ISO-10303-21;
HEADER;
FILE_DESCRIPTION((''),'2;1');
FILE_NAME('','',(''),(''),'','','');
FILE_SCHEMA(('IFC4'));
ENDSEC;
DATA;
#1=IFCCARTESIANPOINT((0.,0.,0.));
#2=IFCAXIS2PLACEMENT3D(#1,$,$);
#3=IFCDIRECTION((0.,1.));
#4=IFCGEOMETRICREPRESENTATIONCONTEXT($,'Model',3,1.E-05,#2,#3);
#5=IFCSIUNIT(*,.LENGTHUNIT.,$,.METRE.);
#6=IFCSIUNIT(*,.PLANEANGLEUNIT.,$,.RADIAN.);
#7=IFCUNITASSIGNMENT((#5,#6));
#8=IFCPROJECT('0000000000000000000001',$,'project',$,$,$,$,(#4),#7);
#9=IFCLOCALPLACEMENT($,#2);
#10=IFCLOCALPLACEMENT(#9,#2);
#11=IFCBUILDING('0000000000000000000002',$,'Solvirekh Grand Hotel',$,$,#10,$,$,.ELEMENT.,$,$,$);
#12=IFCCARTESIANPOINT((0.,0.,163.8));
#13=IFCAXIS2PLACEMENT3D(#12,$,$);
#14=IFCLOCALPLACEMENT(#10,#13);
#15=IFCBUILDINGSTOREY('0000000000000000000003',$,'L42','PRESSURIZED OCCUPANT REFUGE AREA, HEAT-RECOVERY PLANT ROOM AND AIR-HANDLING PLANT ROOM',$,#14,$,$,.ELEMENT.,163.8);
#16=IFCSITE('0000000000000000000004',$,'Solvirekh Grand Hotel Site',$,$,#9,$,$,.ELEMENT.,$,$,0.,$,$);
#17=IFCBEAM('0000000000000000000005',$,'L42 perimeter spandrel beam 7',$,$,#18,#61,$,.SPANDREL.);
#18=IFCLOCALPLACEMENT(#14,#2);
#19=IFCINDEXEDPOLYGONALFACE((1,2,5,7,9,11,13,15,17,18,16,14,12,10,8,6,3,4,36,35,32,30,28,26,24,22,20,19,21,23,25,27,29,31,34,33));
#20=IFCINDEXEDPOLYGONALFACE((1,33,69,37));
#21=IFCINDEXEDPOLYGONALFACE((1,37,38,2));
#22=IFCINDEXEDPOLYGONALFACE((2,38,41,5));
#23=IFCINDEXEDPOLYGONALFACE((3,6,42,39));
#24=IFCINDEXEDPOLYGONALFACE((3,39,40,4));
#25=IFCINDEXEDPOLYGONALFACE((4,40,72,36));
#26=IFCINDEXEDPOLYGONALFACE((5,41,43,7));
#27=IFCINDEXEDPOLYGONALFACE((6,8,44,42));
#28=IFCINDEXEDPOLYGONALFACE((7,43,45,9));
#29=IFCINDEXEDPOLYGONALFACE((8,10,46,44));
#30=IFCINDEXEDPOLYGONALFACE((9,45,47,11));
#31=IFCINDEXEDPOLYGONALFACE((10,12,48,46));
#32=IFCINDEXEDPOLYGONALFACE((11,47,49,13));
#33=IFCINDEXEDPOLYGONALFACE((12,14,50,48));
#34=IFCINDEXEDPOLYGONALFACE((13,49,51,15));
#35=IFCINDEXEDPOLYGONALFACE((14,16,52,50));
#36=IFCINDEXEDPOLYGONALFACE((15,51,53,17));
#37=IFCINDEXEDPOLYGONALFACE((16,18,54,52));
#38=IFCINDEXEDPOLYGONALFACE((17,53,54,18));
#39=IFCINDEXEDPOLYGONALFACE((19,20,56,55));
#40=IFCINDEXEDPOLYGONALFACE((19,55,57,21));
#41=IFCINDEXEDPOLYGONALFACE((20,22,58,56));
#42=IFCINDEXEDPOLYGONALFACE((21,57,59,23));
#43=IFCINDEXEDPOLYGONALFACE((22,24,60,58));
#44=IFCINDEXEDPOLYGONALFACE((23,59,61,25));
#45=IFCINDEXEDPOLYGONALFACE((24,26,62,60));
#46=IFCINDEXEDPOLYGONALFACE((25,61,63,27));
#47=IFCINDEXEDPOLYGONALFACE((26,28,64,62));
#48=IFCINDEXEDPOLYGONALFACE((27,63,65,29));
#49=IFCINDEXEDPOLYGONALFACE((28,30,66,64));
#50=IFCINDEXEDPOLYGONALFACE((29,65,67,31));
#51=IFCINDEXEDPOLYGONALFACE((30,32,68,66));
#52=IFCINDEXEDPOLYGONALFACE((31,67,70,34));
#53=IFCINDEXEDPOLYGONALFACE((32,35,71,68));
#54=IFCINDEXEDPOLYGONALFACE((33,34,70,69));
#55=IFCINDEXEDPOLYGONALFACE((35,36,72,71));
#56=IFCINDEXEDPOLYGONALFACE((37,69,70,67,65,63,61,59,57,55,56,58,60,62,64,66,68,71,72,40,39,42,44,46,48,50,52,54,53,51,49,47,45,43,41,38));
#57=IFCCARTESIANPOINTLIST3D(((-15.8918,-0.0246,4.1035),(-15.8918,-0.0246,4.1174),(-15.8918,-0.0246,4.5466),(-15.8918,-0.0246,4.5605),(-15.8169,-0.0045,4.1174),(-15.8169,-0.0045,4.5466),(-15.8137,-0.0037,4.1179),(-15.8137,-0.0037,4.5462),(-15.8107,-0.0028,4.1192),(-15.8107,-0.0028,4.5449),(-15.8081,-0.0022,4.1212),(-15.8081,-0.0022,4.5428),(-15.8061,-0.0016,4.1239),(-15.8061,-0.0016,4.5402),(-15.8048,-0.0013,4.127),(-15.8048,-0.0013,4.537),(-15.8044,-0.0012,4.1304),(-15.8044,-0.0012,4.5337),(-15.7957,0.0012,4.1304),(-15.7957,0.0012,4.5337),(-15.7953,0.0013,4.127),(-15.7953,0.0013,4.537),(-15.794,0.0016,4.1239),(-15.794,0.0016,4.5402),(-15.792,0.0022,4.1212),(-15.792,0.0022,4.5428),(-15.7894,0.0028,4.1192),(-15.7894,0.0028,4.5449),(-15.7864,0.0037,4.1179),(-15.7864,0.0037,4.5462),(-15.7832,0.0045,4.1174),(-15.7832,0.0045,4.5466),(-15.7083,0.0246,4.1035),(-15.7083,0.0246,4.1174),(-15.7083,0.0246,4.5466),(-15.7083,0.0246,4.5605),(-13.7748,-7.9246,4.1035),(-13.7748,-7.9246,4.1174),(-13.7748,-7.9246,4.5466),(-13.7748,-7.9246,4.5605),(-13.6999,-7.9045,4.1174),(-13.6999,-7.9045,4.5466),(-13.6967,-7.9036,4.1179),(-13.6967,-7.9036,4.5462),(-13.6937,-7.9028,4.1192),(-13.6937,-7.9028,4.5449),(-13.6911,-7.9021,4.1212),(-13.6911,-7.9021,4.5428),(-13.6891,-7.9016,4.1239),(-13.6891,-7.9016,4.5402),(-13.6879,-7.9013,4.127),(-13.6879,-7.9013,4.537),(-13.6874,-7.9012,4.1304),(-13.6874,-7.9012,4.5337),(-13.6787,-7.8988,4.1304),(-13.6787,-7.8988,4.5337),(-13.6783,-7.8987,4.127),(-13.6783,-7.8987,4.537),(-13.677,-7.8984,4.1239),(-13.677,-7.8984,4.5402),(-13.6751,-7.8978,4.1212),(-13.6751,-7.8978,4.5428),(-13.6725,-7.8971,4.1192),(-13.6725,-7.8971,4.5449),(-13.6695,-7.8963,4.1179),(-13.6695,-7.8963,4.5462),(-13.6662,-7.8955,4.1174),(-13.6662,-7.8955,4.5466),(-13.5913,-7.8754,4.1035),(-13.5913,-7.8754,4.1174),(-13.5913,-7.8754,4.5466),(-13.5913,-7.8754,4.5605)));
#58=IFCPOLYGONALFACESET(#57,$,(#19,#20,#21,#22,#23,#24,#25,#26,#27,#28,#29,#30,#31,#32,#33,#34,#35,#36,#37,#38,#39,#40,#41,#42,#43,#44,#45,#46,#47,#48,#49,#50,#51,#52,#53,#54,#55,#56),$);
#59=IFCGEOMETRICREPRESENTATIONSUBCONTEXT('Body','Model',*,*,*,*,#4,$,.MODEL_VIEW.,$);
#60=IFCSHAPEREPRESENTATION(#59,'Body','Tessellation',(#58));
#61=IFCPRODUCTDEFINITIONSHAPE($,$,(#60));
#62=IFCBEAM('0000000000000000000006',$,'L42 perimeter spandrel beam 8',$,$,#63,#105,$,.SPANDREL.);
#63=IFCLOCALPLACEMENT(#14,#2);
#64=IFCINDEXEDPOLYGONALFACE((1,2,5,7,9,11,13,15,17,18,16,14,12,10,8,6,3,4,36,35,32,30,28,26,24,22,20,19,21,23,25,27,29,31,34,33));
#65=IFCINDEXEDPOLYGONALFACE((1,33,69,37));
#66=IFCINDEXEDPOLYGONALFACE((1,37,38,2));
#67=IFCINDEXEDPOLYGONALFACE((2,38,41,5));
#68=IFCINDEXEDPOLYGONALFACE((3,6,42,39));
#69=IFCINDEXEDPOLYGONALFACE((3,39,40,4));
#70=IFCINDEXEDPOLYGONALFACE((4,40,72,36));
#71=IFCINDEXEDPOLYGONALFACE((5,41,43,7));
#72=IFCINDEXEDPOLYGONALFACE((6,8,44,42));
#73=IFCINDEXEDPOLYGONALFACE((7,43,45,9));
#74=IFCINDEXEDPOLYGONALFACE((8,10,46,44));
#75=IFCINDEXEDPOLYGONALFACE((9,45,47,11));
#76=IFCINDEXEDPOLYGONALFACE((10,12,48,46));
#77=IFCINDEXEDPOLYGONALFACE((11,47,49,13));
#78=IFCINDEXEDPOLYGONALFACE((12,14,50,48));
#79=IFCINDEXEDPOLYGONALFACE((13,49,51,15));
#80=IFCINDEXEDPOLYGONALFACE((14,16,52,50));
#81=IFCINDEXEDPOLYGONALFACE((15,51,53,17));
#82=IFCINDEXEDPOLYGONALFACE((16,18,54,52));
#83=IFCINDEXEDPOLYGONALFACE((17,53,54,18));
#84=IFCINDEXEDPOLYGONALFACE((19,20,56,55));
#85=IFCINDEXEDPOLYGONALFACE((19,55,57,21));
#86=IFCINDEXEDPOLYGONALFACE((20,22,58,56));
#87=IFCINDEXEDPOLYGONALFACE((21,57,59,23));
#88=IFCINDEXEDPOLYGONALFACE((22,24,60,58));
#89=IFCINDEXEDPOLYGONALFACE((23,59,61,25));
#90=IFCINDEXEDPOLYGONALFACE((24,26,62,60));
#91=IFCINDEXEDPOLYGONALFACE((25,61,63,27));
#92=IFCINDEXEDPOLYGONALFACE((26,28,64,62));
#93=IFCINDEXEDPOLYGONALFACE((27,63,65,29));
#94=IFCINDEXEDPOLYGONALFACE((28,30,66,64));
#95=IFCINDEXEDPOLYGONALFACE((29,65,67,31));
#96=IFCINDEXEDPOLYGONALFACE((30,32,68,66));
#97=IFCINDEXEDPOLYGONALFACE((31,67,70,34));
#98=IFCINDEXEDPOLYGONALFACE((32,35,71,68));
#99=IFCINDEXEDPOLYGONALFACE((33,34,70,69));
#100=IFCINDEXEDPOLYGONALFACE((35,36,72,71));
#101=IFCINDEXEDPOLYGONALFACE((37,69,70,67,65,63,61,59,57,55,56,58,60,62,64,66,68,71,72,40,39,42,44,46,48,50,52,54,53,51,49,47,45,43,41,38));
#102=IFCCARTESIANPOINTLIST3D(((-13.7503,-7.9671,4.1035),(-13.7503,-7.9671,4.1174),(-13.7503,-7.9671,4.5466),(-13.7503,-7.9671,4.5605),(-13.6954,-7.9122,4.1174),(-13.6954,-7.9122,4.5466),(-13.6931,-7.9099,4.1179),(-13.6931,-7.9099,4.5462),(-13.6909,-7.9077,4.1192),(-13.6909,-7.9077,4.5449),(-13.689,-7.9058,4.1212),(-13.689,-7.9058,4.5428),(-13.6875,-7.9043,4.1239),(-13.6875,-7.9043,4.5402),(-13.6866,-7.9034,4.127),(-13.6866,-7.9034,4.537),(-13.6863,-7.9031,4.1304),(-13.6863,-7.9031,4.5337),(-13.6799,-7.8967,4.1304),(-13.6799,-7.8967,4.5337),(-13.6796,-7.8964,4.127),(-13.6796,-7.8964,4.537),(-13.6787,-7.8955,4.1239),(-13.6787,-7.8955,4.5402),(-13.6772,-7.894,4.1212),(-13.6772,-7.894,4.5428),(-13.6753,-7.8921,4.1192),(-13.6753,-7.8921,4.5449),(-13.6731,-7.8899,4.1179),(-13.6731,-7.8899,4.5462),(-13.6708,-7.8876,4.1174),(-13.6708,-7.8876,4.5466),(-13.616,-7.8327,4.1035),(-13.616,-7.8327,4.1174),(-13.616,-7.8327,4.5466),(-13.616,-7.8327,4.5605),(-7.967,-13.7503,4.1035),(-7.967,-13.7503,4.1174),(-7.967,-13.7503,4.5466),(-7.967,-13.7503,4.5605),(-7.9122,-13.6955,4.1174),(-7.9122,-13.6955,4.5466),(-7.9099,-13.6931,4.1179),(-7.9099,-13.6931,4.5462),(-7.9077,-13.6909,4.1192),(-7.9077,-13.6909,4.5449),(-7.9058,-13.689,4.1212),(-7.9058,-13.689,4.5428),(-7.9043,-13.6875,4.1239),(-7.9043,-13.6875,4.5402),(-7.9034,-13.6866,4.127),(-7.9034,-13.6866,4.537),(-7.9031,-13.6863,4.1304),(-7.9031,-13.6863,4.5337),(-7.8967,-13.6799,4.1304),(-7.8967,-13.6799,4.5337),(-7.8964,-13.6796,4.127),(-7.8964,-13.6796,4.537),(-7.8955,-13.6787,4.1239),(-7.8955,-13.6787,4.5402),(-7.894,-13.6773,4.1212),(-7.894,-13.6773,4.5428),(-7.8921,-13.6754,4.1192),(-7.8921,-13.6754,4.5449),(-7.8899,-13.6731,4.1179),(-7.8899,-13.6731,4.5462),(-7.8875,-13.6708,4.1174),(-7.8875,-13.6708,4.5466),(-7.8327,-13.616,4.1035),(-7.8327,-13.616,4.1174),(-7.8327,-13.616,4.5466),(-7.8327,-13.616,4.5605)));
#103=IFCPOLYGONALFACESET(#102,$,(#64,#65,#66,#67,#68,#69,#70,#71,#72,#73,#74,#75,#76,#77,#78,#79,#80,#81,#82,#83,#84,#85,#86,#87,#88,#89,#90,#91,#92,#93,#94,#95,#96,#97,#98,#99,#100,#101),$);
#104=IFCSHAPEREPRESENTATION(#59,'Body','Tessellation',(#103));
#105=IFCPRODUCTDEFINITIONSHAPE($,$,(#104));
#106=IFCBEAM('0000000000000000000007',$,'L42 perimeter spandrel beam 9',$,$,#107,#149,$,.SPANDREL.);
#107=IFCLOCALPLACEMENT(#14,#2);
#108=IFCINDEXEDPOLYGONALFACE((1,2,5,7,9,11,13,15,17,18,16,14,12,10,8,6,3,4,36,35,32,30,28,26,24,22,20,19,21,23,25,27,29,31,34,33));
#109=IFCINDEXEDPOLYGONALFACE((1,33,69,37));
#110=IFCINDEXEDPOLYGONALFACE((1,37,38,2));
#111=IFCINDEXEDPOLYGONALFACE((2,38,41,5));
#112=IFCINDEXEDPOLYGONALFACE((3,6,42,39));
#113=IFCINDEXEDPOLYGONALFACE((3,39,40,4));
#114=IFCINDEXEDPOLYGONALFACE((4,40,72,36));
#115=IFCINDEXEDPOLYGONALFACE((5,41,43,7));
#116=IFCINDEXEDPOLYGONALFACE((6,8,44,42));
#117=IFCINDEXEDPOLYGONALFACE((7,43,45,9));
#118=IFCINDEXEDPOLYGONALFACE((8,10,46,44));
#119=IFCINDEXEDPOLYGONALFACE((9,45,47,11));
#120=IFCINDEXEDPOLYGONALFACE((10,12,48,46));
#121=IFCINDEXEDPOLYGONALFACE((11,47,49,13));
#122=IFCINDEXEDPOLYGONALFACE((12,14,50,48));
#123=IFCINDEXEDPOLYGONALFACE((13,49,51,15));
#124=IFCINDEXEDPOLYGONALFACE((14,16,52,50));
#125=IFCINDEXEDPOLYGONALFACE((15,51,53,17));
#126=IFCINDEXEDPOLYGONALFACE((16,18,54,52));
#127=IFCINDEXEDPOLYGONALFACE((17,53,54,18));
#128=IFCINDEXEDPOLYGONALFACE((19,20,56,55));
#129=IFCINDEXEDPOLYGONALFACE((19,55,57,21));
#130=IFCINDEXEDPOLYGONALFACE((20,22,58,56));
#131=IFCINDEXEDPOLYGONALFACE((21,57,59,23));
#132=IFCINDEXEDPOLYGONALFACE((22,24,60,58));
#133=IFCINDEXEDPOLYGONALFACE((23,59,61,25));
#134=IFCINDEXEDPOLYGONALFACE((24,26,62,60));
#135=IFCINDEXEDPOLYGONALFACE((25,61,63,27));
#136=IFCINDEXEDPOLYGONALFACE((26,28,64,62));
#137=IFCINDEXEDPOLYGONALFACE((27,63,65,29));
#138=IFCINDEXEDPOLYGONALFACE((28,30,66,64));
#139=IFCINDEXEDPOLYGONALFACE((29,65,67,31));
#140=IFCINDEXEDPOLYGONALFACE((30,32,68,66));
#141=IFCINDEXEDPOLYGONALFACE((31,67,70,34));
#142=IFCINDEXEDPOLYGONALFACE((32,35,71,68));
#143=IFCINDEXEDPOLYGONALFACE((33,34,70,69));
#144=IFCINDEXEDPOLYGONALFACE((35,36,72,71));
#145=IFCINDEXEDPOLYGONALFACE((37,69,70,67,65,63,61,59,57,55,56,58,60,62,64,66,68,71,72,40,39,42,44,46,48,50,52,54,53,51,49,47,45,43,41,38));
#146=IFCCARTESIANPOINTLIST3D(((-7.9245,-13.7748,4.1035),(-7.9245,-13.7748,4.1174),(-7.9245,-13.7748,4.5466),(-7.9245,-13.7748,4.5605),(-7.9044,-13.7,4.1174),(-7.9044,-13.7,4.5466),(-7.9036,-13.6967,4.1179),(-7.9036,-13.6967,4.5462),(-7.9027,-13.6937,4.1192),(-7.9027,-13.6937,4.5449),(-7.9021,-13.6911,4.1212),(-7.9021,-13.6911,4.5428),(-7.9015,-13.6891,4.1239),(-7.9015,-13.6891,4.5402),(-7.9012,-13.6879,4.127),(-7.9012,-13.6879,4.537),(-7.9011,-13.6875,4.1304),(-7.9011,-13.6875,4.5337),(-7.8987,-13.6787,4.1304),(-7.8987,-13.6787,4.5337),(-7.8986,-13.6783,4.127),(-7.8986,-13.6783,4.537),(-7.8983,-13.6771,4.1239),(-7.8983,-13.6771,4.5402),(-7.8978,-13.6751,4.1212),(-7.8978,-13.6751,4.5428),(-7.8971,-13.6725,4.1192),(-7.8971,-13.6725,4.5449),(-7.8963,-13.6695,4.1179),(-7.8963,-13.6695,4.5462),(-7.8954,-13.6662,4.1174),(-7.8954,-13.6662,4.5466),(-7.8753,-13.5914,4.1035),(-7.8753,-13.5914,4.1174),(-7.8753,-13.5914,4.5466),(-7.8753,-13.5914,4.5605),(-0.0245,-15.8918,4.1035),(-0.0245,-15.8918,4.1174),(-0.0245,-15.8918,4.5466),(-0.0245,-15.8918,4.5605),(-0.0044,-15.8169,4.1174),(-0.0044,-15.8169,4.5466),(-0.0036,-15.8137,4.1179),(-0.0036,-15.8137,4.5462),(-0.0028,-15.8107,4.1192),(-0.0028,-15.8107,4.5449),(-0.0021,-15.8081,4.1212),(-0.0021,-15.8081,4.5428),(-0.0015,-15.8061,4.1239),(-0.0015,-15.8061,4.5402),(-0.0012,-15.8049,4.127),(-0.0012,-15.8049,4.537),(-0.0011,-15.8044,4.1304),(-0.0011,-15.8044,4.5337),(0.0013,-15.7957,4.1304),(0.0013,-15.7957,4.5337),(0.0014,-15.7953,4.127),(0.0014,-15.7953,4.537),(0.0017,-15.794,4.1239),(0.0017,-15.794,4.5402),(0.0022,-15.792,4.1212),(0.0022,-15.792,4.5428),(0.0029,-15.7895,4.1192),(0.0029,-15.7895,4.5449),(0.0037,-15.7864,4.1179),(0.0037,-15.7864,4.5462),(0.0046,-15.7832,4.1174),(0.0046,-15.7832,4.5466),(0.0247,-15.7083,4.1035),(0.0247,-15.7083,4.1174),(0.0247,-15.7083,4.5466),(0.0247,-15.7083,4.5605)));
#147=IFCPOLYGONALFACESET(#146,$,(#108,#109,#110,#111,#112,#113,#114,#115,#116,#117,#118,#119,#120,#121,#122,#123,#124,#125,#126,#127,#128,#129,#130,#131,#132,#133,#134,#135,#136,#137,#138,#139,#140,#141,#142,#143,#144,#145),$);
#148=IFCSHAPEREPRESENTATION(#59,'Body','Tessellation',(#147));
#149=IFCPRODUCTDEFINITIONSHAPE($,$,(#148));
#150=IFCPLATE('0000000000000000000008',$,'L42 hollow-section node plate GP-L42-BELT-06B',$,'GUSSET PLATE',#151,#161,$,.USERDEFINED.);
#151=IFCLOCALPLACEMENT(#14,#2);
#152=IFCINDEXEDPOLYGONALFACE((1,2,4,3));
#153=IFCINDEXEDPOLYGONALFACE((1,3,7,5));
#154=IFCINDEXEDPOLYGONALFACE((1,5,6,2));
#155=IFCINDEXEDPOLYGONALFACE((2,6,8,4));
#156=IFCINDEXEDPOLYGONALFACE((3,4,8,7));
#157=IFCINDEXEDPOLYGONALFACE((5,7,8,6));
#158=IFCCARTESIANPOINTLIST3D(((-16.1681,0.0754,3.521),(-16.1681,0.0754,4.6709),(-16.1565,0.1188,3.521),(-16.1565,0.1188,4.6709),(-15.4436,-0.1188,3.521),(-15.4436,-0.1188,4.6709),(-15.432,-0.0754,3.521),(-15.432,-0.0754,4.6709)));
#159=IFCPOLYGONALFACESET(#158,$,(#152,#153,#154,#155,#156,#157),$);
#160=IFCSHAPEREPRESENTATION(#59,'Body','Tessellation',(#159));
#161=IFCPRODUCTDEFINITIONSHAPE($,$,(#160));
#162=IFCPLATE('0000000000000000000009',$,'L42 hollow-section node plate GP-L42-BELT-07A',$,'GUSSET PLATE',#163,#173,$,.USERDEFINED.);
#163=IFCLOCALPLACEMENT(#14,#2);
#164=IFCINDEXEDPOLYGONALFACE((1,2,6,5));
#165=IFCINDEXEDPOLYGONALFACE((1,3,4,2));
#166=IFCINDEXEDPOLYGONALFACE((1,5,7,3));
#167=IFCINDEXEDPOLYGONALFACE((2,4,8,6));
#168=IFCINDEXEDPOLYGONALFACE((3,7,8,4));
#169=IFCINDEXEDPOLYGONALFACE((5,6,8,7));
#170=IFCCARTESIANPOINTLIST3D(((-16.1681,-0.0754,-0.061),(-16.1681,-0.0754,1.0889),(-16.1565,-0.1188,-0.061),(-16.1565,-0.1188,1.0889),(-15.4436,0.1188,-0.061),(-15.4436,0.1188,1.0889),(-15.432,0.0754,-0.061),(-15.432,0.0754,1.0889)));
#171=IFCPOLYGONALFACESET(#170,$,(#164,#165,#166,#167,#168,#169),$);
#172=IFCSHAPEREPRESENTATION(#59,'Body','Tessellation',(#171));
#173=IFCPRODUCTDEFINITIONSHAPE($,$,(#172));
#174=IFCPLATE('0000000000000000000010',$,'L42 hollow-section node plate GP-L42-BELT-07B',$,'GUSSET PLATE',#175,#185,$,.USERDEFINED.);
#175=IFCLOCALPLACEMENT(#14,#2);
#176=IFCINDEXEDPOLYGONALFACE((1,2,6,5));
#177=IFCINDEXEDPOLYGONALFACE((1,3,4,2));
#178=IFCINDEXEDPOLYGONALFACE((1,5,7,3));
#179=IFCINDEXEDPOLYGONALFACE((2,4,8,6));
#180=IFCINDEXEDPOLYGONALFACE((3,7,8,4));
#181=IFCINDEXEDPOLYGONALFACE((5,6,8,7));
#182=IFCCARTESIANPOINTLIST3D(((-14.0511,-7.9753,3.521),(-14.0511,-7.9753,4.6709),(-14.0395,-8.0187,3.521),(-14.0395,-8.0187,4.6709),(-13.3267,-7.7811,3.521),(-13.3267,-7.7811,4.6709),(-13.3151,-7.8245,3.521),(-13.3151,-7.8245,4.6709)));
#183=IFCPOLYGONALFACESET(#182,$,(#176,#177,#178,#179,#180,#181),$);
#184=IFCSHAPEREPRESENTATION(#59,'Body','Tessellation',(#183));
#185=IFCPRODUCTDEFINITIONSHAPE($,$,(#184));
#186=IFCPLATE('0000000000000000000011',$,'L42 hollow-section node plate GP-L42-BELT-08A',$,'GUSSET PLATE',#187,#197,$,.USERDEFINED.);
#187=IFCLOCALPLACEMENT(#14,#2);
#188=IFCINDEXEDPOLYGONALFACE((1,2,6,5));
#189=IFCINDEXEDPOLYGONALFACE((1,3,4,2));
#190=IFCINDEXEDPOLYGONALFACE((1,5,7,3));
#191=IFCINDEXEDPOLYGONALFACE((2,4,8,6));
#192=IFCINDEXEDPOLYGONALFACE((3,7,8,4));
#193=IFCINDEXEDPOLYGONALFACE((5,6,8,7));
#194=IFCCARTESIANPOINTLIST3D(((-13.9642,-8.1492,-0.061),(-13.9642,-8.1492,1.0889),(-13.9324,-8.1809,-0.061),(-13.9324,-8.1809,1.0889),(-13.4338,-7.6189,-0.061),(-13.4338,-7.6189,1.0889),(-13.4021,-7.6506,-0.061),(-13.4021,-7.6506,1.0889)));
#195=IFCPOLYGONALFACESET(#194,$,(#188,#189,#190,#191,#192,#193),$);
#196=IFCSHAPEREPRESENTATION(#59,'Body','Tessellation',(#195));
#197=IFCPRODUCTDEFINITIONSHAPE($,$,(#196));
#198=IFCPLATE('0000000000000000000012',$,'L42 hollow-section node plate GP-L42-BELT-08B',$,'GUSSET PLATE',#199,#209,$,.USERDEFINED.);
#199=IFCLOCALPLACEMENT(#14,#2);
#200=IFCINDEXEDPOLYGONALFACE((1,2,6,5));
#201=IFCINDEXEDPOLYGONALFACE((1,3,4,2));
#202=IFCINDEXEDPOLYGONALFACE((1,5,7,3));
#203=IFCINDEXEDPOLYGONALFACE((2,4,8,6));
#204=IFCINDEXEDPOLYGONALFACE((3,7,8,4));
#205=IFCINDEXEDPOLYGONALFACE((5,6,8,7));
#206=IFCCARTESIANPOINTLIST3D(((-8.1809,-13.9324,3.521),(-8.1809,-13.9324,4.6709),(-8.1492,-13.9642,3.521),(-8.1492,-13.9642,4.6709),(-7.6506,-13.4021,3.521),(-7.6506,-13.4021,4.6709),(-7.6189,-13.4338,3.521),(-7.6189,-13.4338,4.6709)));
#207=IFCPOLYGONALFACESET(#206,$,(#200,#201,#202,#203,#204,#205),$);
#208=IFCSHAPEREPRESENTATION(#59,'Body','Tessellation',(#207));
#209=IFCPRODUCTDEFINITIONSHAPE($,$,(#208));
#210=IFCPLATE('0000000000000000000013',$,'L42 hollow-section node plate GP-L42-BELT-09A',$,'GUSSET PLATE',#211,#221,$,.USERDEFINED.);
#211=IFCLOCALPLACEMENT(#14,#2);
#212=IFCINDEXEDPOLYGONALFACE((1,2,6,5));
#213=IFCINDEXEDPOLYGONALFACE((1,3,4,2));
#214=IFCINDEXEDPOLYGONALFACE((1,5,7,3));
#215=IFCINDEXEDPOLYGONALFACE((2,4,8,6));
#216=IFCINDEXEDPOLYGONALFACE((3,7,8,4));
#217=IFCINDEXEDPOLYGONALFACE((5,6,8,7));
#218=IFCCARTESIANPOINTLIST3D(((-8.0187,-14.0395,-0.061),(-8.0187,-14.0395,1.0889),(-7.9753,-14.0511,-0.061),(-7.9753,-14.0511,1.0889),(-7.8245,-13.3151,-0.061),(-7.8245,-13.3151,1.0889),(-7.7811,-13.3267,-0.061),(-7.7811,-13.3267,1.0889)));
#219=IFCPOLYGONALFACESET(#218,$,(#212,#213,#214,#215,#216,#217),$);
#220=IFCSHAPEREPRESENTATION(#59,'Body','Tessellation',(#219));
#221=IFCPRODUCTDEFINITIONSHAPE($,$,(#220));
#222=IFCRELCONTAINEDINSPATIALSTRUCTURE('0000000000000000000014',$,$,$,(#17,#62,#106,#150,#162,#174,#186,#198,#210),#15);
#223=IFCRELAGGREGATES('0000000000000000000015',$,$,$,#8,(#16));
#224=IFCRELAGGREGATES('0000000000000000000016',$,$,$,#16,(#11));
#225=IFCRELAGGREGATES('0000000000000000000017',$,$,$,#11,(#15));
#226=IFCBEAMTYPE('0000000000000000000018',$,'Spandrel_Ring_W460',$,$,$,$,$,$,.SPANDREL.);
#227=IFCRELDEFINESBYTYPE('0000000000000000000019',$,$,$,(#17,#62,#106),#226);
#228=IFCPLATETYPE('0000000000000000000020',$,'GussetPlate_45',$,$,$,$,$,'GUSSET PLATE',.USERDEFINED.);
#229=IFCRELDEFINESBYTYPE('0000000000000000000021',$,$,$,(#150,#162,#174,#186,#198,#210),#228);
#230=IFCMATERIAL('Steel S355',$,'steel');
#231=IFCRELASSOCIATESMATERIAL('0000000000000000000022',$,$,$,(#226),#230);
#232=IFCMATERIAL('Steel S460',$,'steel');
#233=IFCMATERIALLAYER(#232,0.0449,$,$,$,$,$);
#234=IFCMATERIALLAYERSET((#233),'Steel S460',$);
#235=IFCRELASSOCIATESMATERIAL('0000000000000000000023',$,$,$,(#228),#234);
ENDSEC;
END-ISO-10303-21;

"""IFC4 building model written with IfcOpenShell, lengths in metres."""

from ifc_helpers import new_model, si_unit, direction, frame, origin, origin_2d, place, context, subcontext, project, spatial, rectangle, i_section, extrude, material, layer, layer_set, material_profile, profile_set, type_object, element, save


model = new_model("IFC4")

# Units and contexts
model_context = context("Model", 3, precision=1e-05, world=origin(), true_north=direction((0.0, 1.0)))
body_context = subcontext(model_context, "Body", "Model", "MODEL_VIEW")
ifc_project = project(units=[si_unit("LENGTHUNIT", "METRE"), si_unit("PLANEANGLEUNIT", "RADIAN")], contexts=[model_context])

# Site, building, storey
site_placement = place(None, origin())
site = spatial("IfcSite", under=ifc_project, at=site_placement, Name="Solvirekh Grand Hotel Site", CompositionType="ELEMENT", RefElevation=0.0)
building_placement = place(site_placement, origin())
building = spatial("IfcBuilding", under=site, at=building_placement, Name="Solvirekh Grand Hotel", CompositionType="ELEMENT")
storey_placement = place(building_placement, frame((0.0, 0.0, 163.8)))
storey = spatial("IfcBuildingStorey", under=building, at=storey_placement, Name="L42", Description="PRESSURIZED OCCUPANT REFUGE AREA, HEAT-RECOVERY PLANT ROOM AND AIR-HANDLING PLANT ROOM", CompositionType="ELEMENT", Elevation=163.8)

# Shared definitions
ifc_material_1 = material(Name="Steel S460", Category="steel")

# Beams
ifc_material_2 = material(Name="Steel S355", Category="steel")
ifc_material_profile_1 = material_profile(ifc_material_2, i_section(OverallWidth=0.1899, OverallDepth=0.457, WebThickness=0.009, FlangeThickness=0.0139, FilletRadius=0.0129, at=origin_2d()), Name="W460X74")
ifc_profile_set_1 = profile_set([ifc_material_profile_1], Name="Steel S355")
beam_type = type_object("IfcBeamType", Name="Spandrel_Ring_W460", PredefinedType="SPANDREL", material=ifc_profile_set_1)
for number, where, z_axis, x_axis, name in (
    (1, (-15.8, 0.0, 4.332), (0.258839, -0.965921, 0.0), (0.965921, 0.258839, 0.0), "L42 perimeter spandrel beam 7"),
    (2, (-13.6831, -7.8999, 4.332), (0.707107, -0.707107, 0.0), (0.707107, 0.707107, 0.0), "L42 perimeter spandrel beam 8"),
    (3, (-7.8999, -13.6831, 4.332), (0.965921, -0.258839, 0.0), (0.258839, 0.965921, 0.0), "L42 perimeter spandrel beam 9"),
):
    element("IfcBeam", number, at=place(storey_placement, frame(where, z_axis=z_axis, x_axis=x_axis)), inside=storey, type_object=beam_type, Name=name, PredefinedType="SPANDREL", context=body_context, shape_type="SweptSolid", body=[
        extrude(i_section(OverallWidth=0.1899, OverallDepth=0.457, WebThickness=0.009, FlangeThickness=0.0139, FilletRadius=0.0129, at=origin_2d()), origin(), (0.0, 0.0, 1.0), 8.1787),
    ])

# Plates
ifc_layer_1 = layer(ifc_material_1, 0.0449)
ifc_layer_set_1 = layer_set([ifc_layer_1], Name="Steel S460")
plate_type = type_object("IfcPlateType", Name="GussetPlate_45", ElementType="GUSSET PLATE", PredefinedType="USERDEFINED", material=ifc_layer_set_1)
for number, where, z_axis, x_axis, name in (
    (4, (-15.8, 0.0, 3.521), (0.0, 0.0, 1.0), (-0.258819, -0.965926, 0.0), "L42 hollow-section node plate GP-L42-BELT-06B"),
    (5, (-15.8, 0.0, -0.061), (0.0, 0.0, 1.0), (0.258819, -0.965926, 0.0), "L42 hollow-section node plate GP-L42-BELT-07A"),
    (6, (-13.6831, -7.8999, 3.521), (0.0, 0.0, 1.0), (0.258819, -0.965926, 0.0), "L42 hollow-section node plate GP-L42-BELT-07B"),
    (7, (-13.6831, -7.8999, -0.061), (0.0, 0.0, 1.0), (0.707107, -0.707107, 0.0), "L42 hollow-section node plate GP-L42-BELT-08A"),
    (8, (-7.8999, -13.6831, 3.521), (0.0, 0.0, 1.0), (0.707107, -0.707107, 0.0), "L42 hollow-section node plate GP-L42-BELT-08B"),
    (9, (-7.8999, -13.6831, -0.061), (0.0, 0.0, 1.0), (0.965926, -0.258819, 0.0), "L42 hollow-section node plate GP-L42-BELT-09A"),
):
    element("IfcPlate", number, at=place(storey_placement, frame(where, z_axis=z_axis, x_axis=x_axis)), inside=storey, type_object=plate_type, Name=name, ObjectType="GUSSET PLATE", PredefinedType="USERDEFINED", context=body_context, shape_type="SweptSolid", body=[
        extrude(rectangle(XDim=0.0449, YDim=0.75, at=origin_2d()), origin(), (0.0, 0.0, 1.0), 1.1499),
    ])

save(model, "model.ifc")
